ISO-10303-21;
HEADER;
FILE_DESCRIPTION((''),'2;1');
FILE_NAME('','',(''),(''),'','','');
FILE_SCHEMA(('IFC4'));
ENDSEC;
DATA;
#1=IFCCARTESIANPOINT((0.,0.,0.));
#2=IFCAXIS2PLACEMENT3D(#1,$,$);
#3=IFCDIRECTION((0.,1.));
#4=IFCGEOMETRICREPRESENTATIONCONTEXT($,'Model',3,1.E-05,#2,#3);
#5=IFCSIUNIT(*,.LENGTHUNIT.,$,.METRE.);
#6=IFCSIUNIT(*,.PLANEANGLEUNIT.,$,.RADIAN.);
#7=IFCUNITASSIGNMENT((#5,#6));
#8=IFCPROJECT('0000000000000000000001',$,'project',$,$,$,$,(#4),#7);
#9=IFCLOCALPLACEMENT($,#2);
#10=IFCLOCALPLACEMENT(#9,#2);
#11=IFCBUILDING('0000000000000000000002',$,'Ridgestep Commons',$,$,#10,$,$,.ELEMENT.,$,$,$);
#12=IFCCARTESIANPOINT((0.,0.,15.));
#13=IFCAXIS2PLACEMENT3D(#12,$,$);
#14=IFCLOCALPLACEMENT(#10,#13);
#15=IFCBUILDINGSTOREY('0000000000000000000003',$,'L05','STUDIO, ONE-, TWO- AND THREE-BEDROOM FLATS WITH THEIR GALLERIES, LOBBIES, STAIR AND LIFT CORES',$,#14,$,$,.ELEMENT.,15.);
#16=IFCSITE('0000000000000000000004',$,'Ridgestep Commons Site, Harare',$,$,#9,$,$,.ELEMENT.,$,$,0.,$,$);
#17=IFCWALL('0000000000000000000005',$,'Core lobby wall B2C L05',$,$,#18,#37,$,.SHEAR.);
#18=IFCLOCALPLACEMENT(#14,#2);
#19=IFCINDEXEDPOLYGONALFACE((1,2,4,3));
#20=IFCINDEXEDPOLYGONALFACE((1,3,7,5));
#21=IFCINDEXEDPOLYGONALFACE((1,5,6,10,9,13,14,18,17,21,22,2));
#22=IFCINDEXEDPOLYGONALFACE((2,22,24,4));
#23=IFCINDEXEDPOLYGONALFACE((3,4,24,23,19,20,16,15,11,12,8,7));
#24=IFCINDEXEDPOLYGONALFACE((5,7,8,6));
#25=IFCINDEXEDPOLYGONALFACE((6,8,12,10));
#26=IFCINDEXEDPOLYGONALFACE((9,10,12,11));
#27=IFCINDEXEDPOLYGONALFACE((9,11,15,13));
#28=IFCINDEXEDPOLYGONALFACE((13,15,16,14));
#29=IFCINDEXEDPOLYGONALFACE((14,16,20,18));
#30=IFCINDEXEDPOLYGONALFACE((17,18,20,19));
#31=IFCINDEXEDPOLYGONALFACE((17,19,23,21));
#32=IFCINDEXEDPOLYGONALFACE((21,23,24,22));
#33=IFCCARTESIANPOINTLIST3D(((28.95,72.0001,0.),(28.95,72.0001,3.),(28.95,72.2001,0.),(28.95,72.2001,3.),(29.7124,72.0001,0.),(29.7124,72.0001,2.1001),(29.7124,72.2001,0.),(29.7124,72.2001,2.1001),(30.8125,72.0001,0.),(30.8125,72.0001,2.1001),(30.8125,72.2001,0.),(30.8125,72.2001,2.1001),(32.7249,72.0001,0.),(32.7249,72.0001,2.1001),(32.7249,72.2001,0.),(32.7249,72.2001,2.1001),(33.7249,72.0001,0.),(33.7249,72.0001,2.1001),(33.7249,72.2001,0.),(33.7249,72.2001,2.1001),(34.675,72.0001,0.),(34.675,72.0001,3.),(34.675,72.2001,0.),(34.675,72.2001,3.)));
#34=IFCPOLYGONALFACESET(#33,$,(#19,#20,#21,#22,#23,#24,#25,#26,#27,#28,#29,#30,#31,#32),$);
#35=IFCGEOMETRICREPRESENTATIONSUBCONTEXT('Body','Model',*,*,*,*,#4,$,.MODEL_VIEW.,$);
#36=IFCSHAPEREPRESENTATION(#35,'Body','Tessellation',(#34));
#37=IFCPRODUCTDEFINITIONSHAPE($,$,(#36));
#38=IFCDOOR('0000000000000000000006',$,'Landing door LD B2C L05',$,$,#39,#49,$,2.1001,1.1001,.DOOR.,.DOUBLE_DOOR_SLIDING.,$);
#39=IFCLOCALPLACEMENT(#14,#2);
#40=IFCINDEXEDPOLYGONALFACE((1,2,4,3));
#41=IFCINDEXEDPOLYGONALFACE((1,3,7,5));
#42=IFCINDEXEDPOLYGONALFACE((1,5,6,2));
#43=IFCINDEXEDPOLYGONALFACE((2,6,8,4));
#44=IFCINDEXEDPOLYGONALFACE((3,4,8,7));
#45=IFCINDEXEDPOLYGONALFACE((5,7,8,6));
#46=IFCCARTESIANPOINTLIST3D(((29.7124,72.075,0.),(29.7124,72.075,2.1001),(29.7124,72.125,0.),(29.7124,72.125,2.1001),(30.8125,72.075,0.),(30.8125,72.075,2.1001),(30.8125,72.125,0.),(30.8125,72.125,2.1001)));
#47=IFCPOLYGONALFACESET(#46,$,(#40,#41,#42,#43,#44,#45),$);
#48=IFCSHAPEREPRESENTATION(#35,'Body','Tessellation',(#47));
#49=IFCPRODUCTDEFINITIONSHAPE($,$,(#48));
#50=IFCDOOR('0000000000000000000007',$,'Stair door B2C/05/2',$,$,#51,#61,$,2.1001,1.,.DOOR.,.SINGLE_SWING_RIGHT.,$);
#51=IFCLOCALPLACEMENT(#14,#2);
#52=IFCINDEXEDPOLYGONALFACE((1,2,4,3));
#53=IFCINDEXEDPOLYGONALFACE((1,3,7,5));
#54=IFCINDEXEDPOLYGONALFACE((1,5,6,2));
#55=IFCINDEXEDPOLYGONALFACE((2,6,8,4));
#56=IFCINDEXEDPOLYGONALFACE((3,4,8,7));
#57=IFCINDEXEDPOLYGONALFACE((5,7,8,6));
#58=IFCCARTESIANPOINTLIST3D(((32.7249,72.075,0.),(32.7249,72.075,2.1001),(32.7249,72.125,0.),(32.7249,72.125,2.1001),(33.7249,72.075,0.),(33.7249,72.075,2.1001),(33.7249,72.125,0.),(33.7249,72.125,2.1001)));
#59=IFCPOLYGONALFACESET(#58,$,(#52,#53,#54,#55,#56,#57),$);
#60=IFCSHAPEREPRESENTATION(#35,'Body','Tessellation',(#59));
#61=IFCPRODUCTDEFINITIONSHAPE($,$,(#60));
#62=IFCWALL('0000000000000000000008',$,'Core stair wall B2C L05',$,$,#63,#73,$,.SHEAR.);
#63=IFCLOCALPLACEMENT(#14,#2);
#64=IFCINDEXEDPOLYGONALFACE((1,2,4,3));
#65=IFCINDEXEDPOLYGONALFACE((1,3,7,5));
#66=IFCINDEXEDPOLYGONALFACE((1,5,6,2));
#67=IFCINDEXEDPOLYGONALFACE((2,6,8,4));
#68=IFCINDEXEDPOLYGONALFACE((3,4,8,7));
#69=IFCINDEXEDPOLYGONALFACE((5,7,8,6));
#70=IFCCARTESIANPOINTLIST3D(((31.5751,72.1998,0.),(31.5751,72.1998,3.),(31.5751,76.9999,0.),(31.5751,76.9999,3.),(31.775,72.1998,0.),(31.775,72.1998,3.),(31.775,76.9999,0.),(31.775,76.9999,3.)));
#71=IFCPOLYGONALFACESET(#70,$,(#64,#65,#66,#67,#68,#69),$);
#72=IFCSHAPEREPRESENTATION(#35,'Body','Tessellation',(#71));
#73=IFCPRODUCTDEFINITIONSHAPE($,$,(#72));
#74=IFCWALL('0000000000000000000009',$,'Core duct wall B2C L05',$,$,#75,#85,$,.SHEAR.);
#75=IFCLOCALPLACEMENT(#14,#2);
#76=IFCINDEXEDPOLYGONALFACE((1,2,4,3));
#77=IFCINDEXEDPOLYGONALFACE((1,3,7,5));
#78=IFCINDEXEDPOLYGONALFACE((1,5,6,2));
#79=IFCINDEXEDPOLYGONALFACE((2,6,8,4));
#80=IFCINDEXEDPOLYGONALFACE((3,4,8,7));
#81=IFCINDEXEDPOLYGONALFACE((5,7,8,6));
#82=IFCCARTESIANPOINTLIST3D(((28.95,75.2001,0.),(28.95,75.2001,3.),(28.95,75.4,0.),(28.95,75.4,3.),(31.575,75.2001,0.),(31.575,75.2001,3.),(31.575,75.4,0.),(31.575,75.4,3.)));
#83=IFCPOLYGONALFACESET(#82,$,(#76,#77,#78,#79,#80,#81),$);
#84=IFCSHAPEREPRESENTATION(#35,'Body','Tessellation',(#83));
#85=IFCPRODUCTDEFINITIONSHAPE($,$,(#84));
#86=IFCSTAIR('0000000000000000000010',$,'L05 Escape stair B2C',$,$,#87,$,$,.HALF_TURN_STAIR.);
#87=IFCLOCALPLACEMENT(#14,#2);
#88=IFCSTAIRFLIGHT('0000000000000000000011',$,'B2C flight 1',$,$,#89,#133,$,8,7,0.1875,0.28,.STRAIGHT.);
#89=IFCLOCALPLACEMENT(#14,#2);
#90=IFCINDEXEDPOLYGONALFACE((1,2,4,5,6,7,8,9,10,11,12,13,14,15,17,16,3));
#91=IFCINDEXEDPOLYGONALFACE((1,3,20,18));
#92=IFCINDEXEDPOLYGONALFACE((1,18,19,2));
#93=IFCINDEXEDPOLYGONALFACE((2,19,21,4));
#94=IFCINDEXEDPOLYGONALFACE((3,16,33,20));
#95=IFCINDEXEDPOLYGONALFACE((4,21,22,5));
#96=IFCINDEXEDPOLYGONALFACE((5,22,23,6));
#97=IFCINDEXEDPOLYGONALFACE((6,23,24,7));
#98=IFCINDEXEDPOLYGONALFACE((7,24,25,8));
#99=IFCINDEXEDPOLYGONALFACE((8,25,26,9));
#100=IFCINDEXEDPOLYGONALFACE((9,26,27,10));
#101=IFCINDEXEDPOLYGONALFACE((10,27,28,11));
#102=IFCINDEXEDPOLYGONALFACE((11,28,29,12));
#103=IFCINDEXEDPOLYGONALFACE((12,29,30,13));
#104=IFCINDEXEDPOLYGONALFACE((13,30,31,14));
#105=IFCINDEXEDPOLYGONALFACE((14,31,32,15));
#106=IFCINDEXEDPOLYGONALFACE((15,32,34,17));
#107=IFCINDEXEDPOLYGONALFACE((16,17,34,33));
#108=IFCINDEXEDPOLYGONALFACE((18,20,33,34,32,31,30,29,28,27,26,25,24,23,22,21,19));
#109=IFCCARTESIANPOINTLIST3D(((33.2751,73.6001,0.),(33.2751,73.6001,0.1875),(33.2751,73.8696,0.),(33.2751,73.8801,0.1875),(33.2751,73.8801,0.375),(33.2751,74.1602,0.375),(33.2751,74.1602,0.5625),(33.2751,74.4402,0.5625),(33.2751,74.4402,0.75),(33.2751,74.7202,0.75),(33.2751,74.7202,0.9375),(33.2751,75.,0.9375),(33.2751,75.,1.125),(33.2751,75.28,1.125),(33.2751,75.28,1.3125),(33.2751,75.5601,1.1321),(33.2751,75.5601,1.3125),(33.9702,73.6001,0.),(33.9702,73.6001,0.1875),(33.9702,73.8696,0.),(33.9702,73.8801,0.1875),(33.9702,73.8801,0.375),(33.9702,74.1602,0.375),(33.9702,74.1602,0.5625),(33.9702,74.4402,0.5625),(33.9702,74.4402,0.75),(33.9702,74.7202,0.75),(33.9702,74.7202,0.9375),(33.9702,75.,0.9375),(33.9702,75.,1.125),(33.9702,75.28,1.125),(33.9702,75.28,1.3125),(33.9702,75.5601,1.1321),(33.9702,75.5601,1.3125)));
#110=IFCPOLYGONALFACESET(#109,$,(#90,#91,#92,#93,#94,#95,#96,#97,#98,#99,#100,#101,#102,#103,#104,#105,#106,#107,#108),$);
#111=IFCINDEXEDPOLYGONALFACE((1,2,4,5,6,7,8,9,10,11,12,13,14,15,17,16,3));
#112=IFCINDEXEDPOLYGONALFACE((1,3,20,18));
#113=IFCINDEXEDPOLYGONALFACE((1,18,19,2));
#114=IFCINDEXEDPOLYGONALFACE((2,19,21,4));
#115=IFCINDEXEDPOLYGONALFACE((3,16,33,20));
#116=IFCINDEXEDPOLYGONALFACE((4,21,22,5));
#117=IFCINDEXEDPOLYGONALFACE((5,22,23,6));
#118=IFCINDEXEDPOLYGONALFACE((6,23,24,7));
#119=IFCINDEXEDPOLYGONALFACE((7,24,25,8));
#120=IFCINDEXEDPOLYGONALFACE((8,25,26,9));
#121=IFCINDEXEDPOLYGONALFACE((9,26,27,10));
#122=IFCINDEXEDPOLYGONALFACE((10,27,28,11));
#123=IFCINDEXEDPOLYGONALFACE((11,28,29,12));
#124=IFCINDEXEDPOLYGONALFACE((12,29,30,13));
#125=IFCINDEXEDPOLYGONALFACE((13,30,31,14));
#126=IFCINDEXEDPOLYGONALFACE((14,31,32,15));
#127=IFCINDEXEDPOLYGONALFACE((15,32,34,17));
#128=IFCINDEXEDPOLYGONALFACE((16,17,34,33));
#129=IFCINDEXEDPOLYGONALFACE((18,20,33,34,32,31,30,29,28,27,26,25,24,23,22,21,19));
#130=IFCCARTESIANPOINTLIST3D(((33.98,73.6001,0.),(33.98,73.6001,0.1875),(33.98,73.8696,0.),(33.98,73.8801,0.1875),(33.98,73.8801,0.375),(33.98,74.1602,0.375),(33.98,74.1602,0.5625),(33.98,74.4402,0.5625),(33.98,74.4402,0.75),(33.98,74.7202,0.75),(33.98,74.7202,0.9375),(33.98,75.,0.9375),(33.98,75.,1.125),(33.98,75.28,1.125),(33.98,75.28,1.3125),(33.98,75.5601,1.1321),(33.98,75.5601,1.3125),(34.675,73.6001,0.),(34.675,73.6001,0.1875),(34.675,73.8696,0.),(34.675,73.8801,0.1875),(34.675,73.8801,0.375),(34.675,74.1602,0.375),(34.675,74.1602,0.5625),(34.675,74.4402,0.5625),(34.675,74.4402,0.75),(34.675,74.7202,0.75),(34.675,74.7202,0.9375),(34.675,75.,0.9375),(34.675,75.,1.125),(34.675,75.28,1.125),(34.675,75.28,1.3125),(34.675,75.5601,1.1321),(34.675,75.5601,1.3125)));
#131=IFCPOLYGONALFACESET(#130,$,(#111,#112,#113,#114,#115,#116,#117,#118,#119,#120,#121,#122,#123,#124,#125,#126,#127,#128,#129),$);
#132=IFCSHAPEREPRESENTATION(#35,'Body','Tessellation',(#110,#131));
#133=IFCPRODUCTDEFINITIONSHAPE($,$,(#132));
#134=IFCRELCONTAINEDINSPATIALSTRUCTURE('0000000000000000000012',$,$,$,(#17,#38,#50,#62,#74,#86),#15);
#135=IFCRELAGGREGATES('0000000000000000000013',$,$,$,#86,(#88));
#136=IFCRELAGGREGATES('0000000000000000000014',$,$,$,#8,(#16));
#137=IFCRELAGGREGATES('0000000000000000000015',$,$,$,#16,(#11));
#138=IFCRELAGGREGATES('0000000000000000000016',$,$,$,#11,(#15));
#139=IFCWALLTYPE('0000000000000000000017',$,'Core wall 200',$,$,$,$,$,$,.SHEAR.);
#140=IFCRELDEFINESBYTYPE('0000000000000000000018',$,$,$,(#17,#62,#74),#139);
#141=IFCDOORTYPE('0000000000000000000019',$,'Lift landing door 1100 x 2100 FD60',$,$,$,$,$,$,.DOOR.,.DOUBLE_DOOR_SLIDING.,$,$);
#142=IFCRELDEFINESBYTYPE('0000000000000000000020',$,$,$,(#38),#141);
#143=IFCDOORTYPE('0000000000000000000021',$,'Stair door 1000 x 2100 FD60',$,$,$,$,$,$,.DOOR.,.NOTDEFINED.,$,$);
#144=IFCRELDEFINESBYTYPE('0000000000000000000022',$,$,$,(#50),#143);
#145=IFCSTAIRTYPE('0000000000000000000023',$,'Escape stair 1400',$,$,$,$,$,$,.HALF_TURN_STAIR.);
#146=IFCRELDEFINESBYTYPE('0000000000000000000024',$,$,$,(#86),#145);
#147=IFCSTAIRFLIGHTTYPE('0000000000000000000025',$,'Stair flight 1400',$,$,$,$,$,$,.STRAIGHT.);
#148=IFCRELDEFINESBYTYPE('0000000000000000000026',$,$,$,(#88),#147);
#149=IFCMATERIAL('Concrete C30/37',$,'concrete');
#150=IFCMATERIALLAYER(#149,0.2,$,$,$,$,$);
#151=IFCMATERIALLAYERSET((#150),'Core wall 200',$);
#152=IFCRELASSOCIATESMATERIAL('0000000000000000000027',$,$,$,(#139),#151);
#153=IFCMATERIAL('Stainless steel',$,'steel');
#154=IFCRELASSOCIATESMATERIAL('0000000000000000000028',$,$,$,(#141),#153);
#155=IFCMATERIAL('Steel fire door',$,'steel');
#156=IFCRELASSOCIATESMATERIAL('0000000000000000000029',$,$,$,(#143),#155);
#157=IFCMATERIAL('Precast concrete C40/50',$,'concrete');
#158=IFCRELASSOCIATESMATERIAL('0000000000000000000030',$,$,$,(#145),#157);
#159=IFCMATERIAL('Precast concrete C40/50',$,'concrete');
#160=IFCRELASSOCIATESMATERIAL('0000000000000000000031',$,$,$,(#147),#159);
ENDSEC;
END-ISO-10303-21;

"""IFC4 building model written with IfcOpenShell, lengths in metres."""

from ifc_helpers import new_model, si_unit, direction, frame, frame_2d, origin, place, context, subcontext, project, spatial, polyline, rectangle, outline, extrude, material, layer, layer_set, type_object, element, fill, aggregate, save


model = new_model("IFC4")

# Units and contexts
model_context = context("Model", 3, precision=1e-05, world=origin(), true_north=direction((0.0, 1.0)))
body_context = subcontext(model_context, "Body", "Model", "MODEL_VIEW")
ifc_project = project(units=[si_unit("LENGTHUNIT", "METRE"), si_unit("PLANEANGLEUNIT", "RADIAN")], contexts=[model_context])

# Site, building, storey
site_placement = place(None, origin())
site = spatial("IfcSite", under=ifc_project, at=site_placement, Name="Ridgestep Commons Site, Harare", CompositionType="ELEMENT", RefElevation=0.0)
building_placement = place(site_placement, origin())
building = spatial("IfcBuilding", under=site, at=building_placement, Name="Ridgestep Commons", CompositionType="ELEMENT")
storey_placement = place(building_placement, frame((0.0, 0.0, 15.0)))
storey = spatial("IfcBuildingStorey", under=building, at=storey_placement, Name="L05", Description="STUDIO, ONE-, TWO- AND THREE-BEDROOM FLATS WITH THEIR GALLERIES, LOBBIES, STAIR AND LIFT CORES", CompositionType="ELEMENT", Elevation=15.0)

# Shared definitions
ifc_material_1 = material(Name="Concrete C30/37", Category="concrete")
ifc_layer_1 = layer(ifc_material_1, 0.2)
ifc_layer_set_1 = layer_set([ifc_layer_1], Name="Core wall 200")
wall_type_1 = type_object("IfcWallType", Name="Core wall 200", PredefinedType="SHEAR", material=ifc_layer_set_1)

# Wall, openings, doors
wall_1_placement = place(storey_placement, frame((28.95, 72.1001, 0.0), z_axis=(0.0, 0.0, 1.0), x_axis=(1.0, 0.0, 0.0)))
wall_1 = element("IfcWall", 1, at=wall_1_placement, inside=storey, type_object=wall_type_1, Name="Core lobby wall B2C L05", PredefinedType="SHEAR", context=body_context, shape_type="SweptSolid", body=[
    extrude(rectangle(XDim=5.7251, YDim=0.2, at=frame_2d((2.8625, 0.0))), origin(), (0.0, 0.0, 1.0), 3.0),
])
opening_1_placement = place(wall_1_placement, frame((3.7749, 0.0, 0.0)))
opening_1 = element("IfcOpeningElement", 2, at=opening_1_placement, cuts=wall_1, PredefinedType="OPENING", context=body_context, shape_type="SweptSolid", body=[
    extrude(rectangle(XDim=1.0, YDim=2.1001, at=frame_2d((0.5, 1.05))), frame((0.0, 0.1099, 0.0), z_axis=(0.0, -1.0, 0.0), x_axis=(1.0, 0.0, 0.0)), (0.0, 0.0, 1.0), 0.22),
])
opening_2_placement = place(wall_1_placement, frame((0.7625, 0.0, 0.0)))
opening_2 = element("IfcOpeningElement", 3, at=opening_2_placement, cuts=wall_1, PredefinedType="OPENING", context=body_context, shape_type="SweptSolid", body=[
    extrude(rectangle(XDim=1.1001, YDim=2.1001, at=frame_2d((0.55, 1.05))), frame((0.0, 0.1099, 0.0), z_axis=(0.0, -1.0, 0.0), x_axis=(1.0, 0.0, 0.0)), (0.0, 0.0, 1.0), 0.22),
])
ifc_material_2 = material(Name="Stainless steel", Category="steel")
door_type_1 = type_object("IfcDoorType", Name="Lift landing door 1100 x 2100 FD60", OperationType="DOUBLE_DOOR_SLIDING", PredefinedType="DOOR", material=ifc_material_2)
door_1_placement = place(opening_2_placement, origin())
door_1 = element("IfcDoor", 4, at=door_1_placement, inside=storey, type_object=door_type_1, Name="Landing door LD B2C L05", OperationType="DOUBLE_DOOR_SLIDING", OverallHeight=2.1001, OverallWidth=1.1001, PredefinedType="DOOR", context=body_context, shape_type="SweptSolid", body=[
    extrude(rectangle(XDim=1.1001, YDim=2.1001, at=frame_2d((0.55, 1.05))), frame((0.0, 0.0249, 0.0), z_axis=(0.0, -1.0, 0.0), x_axis=(1.0, 0.0, 0.0)), (0.0, 0.0, 1.0), 0.05),
])
fill(opening_2, door_1)
ifc_material_3 = material(Name="Steel fire door", Category="steel")
door_type_2 = type_object("IfcDoorType", Name="Stair door 1000 x 2100 FD60", OperationType="NOTDEFINED", PredefinedType="DOOR", material=ifc_material_3)
door_2_placement = place(opening_1_placement, origin())
door_2 = element("IfcDoor", 5, at=door_2_placement, inside=storey, type_object=door_type_2, Name="Stair door B2C/05/2", OperationType="SINGLE_SWING_RIGHT", OverallHeight=2.1001, OverallWidth=1.0, PredefinedType="DOOR", context=body_context, shape_type="SweptSolid", body=[
    extrude(rectangle(XDim=1.0, YDim=2.1001, at=frame_2d((0.5, 1.05))), frame((0.0, 0.0249, 0.0), z_axis=(0.0, -1.0, 0.0), x_axis=(1.0, 0.0, 0.0)), (0.0, 0.0, 1.0), 0.05),
])
fill(opening_1, door_2)

# Walls
wall_2_placement = place(storey_placement, frame((31.675, 72.2, 0.0), z_axis=(0.0, 0.0, 1.0), x_axis=(0.0, 1.0, 0.0)))
element("IfcWall", 6, at=wall_2_placement, inside=storey, type_object=wall_type_1, Name="Core stair wall B2C L05", PredefinedType="SHEAR", context=body_context, shape_type="SweptSolid", body=[
    extrude(rectangle(XDim=4.8, YDim=0.2, at=frame_2d((2.3999, 0.0))), origin(), (0.0, 0.0, 1.0), 3.0),
])
wall_3_placement = place(storey_placement, frame((28.95, 75.3, 0.0), z_axis=(0.0, 0.0, 1.0), x_axis=(1.0, 0.0, 0.0)))
element("IfcWall", 7, at=wall_3_placement, inside=storey, type_object=wall_type_1, Name="Core duct wall B2C L05", PredefinedType="SHEAR", context=body_context, shape_type="SweptSolid", body=[
    extrude(rectangle(XDim=2.625, YDim=0.2, at=frame_2d((1.3125, 0.0))), origin(), (0.0, 0.0, 1.0), 3.0),
])

# Stair, stair flight
ifc_material_4 = material(Name="Precast concrete C40/50", Category="concrete")
stair_type = type_object("IfcStairType", Name="Escape stair 1400", PredefinedType="HALF_TURN_STAIR", material=ifc_material_4)
stair_placement = place(storey_placement, origin())
stair = element("IfcStair", 8, at=stair_placement, inside=storey, type_object=stair_type, Name="L05 Escape stair B2C", PredefinedType="HALF_TURN_STAIR")
ifc_material_5 = material(Name="Precast concrete C40/50", Category="concrete")
stair_flight_type = type_object("IfcStairFlightType", Name="Stair flight 1400", PredefinedType="STRAIGHT", material=ifc_material_5)
stair_flight_placement = place(storey_placement, frame((33.9751, 73.6001, 0.0), z_axis=(0.0, 0.0, 1.0), x_axis=(0.0, 1.0, 0.0)))
stair_flight = element("IfcStairFlight", 9, at=stair_flight_placement, type_object=stair_flight_type, Name="B2C flight 1", NumberOfRisers=8, NumberOfTreads=7, PredefinedType="STRAIGHT", RiserHeight=0.1875, TreadLength=0.28, context=body_context, shape_type="SweptSolid", body=[
    extrude(outline(polyline([(0.0, 0.0), (0.0, 0.1875), (0.28, 0.1875), (0.28, 0.375), (0.5601, 0.375), (0.5601, 0.5625), (0.8401, 0.5625), (0.8401, 0.75), (1.1201, 0.75), (1.1201, 0.9375), (1.3999, 0.9375), (1.3999, 1.125), (1.6799, 1.125), (1.6799, 1.3125), (1.96, 1.3125), (1.96, 1.5), (1.96, 1.1321), (0.2695, 0.0), (0.0, 0.0)])), frame((0.0, 0.7, 0.0), z_axis=(0.0, -1.0, 0.0), x_axis=(1.0, 0.0, 0.0)), (0.0, 0.0, 1.0), 0.6951),
    extrude(outline(polyline([(0.0, 0.0), (0.0, 0.1875), (0.28, 0.1875), (0.28, 0.375), (0.5601, 0.375), (0.5601, 0.5625), (0.8401, 0.5625), (0.8401, 0.75), (1.1201, 0.75), (1.1201, 0.9375), (1.3999, 0.9375), (1.3999, 1.125), (1.6799, 1.125), (1.6799, 1.3125), (1.96, 1.3125), (1.96, 1.5), (1.96, 1.1321), (0.2695, 0.0), (0.0, 0.0)])), frame((0.0, -0.0049, 0.0), z_axis=(0.0, -1.0, 0.0), x_axis=(1.0, 0.0, 0.0)), (0.0, 0.0, 1.0), 0.6951),
])
aggregate(stair, [stair_flight])

save(model, "model.ifc")
